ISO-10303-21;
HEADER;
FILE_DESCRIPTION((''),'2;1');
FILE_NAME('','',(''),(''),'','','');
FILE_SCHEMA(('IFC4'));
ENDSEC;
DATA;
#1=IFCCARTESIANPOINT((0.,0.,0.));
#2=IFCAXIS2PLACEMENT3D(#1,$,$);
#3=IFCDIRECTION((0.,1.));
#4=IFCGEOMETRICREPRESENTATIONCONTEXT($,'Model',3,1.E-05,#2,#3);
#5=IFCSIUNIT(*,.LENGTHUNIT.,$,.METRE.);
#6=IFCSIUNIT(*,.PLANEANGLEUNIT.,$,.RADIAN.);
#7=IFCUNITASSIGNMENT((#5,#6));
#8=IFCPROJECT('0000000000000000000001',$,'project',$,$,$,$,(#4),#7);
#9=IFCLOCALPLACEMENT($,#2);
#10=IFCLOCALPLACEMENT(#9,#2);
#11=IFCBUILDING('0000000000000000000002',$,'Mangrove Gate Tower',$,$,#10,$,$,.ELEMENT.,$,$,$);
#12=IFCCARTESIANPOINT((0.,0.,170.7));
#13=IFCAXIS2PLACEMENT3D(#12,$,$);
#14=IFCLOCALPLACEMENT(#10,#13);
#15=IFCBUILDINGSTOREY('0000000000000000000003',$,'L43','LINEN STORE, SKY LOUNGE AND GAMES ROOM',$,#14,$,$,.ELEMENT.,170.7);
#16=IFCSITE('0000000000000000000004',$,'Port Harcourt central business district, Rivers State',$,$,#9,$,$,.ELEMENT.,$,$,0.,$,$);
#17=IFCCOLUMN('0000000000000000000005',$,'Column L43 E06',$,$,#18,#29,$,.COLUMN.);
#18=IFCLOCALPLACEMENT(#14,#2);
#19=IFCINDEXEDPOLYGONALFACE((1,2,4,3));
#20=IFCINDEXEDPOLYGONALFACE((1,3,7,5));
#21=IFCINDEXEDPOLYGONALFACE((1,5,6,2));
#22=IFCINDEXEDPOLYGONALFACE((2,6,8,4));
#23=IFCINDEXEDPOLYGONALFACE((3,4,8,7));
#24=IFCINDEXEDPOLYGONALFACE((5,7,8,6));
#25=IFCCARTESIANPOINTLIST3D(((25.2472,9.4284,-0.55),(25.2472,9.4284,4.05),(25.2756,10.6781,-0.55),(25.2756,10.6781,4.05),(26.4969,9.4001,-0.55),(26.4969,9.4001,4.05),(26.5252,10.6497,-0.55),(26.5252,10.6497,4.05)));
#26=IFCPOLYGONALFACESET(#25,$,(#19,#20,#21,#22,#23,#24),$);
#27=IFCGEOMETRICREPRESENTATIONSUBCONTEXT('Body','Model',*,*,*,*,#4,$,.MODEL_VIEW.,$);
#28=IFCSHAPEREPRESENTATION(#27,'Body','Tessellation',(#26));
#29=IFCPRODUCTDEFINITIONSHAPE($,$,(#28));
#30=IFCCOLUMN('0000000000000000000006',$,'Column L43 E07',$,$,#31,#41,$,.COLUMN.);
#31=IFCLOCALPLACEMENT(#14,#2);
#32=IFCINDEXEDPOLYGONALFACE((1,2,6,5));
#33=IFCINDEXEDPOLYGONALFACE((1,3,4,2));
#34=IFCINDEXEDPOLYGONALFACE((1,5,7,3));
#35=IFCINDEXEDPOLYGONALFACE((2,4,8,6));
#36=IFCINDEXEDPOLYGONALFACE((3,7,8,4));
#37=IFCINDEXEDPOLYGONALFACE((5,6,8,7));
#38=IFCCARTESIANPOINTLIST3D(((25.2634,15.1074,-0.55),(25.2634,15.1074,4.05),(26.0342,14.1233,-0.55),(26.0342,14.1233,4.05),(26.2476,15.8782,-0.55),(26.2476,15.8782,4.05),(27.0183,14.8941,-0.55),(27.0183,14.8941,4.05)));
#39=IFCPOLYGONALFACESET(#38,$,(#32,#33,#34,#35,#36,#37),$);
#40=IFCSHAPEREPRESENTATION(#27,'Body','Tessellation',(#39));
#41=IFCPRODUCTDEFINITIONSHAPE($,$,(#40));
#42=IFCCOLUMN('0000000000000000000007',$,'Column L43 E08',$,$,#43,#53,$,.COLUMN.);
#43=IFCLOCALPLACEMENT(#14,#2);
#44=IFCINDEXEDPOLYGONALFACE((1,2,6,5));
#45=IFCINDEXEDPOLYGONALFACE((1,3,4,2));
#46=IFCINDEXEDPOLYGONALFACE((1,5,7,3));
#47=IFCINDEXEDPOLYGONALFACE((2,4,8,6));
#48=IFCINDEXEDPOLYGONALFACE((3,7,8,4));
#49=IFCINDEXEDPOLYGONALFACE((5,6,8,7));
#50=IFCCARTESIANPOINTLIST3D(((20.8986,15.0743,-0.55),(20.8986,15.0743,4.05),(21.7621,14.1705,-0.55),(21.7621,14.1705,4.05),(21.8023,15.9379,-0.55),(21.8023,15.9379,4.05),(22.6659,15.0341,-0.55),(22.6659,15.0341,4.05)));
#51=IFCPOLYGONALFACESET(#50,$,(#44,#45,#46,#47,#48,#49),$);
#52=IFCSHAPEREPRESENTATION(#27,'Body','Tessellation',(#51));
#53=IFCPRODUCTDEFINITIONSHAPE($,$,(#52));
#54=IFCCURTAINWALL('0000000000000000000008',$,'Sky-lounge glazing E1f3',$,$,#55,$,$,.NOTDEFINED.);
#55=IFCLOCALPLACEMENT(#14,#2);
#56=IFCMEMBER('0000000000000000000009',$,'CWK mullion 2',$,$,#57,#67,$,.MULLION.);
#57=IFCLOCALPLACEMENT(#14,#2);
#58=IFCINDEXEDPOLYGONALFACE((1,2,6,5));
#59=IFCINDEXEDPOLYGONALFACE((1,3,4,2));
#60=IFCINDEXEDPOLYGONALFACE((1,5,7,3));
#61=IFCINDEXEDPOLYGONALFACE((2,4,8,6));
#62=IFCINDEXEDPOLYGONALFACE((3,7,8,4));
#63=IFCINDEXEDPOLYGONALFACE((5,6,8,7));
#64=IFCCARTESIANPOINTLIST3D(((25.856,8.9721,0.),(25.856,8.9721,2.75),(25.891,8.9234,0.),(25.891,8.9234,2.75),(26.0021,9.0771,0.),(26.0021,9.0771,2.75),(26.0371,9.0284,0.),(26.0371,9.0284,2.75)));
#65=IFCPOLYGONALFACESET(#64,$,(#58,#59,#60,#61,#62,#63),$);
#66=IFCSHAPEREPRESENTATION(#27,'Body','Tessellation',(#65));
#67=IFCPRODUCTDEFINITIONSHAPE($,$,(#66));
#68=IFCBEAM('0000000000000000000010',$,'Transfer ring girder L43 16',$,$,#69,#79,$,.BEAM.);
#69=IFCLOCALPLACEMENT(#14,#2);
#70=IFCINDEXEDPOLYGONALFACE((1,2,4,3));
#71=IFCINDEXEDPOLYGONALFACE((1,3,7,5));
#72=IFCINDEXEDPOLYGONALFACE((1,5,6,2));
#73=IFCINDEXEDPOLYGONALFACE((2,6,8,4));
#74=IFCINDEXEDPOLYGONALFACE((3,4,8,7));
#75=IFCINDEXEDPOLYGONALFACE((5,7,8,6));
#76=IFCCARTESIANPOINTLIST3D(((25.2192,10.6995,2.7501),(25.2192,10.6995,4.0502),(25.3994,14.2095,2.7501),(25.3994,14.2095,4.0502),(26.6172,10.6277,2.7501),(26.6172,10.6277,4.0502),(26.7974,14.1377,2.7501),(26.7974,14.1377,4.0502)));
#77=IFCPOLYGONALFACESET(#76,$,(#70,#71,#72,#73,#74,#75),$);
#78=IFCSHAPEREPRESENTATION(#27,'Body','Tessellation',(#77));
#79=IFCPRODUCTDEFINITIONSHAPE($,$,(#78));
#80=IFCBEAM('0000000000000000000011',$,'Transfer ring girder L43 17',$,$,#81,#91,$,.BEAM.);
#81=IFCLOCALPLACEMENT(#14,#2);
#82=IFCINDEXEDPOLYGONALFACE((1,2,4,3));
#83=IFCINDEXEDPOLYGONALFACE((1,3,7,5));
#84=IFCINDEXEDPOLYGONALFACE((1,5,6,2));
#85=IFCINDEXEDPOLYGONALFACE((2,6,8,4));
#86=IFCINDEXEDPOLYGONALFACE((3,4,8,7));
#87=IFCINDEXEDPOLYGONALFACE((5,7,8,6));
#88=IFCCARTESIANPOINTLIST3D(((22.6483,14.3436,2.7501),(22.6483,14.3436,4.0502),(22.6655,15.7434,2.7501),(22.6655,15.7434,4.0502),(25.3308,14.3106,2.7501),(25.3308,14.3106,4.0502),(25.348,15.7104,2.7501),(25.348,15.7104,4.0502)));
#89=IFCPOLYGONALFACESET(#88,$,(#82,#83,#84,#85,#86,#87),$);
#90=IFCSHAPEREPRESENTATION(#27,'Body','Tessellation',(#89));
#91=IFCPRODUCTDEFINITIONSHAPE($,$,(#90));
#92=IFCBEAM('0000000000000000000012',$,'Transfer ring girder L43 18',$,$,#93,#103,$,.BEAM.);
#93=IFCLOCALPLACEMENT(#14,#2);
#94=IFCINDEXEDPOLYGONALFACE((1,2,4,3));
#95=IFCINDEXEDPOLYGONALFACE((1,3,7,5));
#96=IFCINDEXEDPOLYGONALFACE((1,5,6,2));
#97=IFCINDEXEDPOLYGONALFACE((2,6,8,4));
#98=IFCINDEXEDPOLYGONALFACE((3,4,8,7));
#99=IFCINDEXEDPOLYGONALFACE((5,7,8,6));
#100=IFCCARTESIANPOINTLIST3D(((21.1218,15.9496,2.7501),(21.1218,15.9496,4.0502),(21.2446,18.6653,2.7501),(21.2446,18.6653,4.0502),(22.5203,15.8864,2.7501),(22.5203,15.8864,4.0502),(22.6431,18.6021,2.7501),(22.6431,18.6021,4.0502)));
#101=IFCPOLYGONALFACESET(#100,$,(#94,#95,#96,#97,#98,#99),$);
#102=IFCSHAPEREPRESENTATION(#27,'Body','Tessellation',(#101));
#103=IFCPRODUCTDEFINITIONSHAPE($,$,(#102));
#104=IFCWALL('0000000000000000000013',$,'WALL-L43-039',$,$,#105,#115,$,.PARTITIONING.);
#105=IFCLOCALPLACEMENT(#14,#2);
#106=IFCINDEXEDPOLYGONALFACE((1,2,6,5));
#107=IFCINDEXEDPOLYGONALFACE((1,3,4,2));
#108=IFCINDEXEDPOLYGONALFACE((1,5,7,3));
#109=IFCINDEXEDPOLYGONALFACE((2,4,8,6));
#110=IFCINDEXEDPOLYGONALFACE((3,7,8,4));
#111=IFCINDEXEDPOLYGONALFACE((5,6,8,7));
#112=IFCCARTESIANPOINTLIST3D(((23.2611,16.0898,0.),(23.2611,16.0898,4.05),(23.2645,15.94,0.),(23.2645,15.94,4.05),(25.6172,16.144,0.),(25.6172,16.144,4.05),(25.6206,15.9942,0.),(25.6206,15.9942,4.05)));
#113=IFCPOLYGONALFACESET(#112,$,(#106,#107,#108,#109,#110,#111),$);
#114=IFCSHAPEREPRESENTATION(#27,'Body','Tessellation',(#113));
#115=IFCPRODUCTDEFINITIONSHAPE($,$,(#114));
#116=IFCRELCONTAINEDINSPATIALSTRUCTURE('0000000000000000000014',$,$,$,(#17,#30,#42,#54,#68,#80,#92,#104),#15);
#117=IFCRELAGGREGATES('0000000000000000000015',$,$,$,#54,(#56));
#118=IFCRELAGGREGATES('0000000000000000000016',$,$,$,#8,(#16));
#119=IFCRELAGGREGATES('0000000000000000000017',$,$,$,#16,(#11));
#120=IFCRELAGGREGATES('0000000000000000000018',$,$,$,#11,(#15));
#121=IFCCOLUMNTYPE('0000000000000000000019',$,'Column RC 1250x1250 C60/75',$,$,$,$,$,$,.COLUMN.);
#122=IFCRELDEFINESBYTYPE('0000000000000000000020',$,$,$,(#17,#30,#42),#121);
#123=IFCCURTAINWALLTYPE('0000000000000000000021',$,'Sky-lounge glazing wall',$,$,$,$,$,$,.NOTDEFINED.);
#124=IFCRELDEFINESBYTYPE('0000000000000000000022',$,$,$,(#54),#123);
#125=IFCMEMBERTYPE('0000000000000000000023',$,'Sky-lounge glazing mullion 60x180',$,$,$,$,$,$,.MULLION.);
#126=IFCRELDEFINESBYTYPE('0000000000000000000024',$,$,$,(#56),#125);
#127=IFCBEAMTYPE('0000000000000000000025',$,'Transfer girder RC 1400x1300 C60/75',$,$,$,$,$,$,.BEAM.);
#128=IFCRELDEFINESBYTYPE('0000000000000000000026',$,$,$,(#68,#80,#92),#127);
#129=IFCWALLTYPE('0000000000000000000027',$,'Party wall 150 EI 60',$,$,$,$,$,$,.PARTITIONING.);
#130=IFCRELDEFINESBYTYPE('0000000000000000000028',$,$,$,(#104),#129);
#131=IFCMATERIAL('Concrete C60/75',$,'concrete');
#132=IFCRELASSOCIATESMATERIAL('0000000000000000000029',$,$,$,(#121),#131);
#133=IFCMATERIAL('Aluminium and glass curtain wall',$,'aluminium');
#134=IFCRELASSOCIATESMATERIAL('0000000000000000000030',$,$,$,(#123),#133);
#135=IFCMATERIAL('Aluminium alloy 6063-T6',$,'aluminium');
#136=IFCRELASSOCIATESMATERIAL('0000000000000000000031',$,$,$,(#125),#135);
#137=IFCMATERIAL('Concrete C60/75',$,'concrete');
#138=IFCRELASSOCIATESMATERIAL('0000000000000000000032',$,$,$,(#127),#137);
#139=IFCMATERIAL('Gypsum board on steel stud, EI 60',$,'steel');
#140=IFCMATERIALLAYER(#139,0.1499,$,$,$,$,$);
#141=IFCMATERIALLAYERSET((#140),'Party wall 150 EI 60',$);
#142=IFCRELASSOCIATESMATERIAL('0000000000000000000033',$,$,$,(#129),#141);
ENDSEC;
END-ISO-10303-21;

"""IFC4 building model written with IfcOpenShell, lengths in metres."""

from ifc_helpers import new_model, si_unit, direction, frame, frame_2d, origin, origin_2d, place, context, subcontext, project, spatial, rectangle, extrude, material, layer, layer_set, material_profile, profile_set, type_object, element, aggregate, save


model = new_model("IFC4")

# Units and contexts
model_context = context("Model", 3, precision=1e-05, world=origin(), true_north=direction((0.0, 1.0)))
body_context = subcontext(model_context, "Body", "Model", "MODEL_VIEW")
ifc_project = project(units=[si_unit("LENGTHUNIT", "METRE"), si_unit("PLANEANGLEUNIT", "RADIAN")], contexts=[model_context])

# Site, building, storey
site_placement = place(None, origin())
site = spatial("IfcSite", under=ifc_project, at=site_placement, Name="Port Harcourt central business district, Rivers State", CompositionType="ELEMENT", RefElevation=0.0)
building_placement = place(site_placement, origin())
building = spatial("IfcBuilding", under=site, at=building_placement, Name="Mangrove Gate Tower", CompositionType="ELEMENT")
storey_placement = place(building_placement, frame((0.0, 0.0, 170.7)))
storey = spatial("IfcBuildingStorey", under=building, at=storey_placement, Name="L43", Description="LINEN STORE, SKY LOUNGE AND GAMES ROOM", CompositionType="ELEMENT", Elevation=170.7)

# Columns
ifc_material_1 = material(Name="Concrete C60/75", Category="concrete")
ifc_material_profile_1 = material_profile(ifc_material_1, rectangle(XDim=1.25, YDim=1.25, at=origin_2d()))
ifc_profile_set_1 = profile_set([ifc_material_profile_1], Name="Concrete C60/75")
column_type = type_object("IfcColumnType", Name="Column RC 1250x1250 C60/75", PredefinedType="COLUMN", material=ifc_profile_set_1)
for number, where, z_axis, x_axis, name in (
    (1, (25.8862, 10.0391, -0.55), (0.0, 0.0, 1.0), (0.02266, 0.999743, 0.0), "Column L43 E06"),
    (2, (26.1409, 15.0007, -0.55), (0.0, 0.0, 1.0), (-0.616592, 0.787283, 0.0), "Column L43 E07"),
    (3, (21.7822, 15.0542, -0.55), (0.0, 0.0, 1.0), (-0.690854, 0.722994, 0.0), "Column L43 E08"),
):
    element("IfcColumn", number, at=place(storey_placement, frame(where, z_axis=z_axis, x_axis=x_axis)), inside=storey, type_object=column_type, Name=name, PredefinedType="COLUMN", context=body_context, shape_type="SweptSolid", body=[
        extrude(rectangle(XDim=1.25, YDim=1.25, at=origin_2d()), origin(), (0.0, 0.0, 1.0), 4.6001),
    ])

# Curtain wall, member
ifc_material_2 = material(Name="Aluminium and glass curtain wall", Category="aluminium")
curtain_wall_type = type_object("IfcCurtainWallType", Name="Sky-lounge glazing wall", PredefinedType="NOTDEFINED", material=ifc_material_2)
curtain_wall_placement = place(storey_placement, origin())
curtain_wall = element("IfcCurtainWall", 4, at=curtain_wall_placement, inside=storey, type_object=curtain_wall_type, Name="Sky-lounge glazing E1f3", PredefinedType="NOTDEFINED")
ifc_material_3 = material(Name="Aluminium alloy 6063-T6", Category="aluminium")
ifc_material_profile_2 = material_profile(ifc_material_3, rectangle(XDim=0.0601, YDim=0.1799, at=origin_2d()))
ifc_profile_set_2 = profile_set([ifc_material_profile_2], Name="Aluminium alloy 6063-T6")
member_type = type_object("IfcMemberType", Name="Sky-lounge glazing mullion 60x180", PredefinedType="MULLION", material=ifc_profile_set_2)
member_placement = place(storey_placement, frame((25.9465, 9.0002, 0.0), z_axis=(0.0, 0.0, 1.0), x_axis=(-0.58367, 0.811991, 0.0)))
member = element("IfcMember", 5, at=member_placement, type_object=member_type, Name="CWK mullion 2", PredefinedType="MULLION", context=body_context, shape_type="SweptSolid", body=[
    extrude(rectangle(XDim=0.0601, YDim=0.1799, at=origin_2d()), origin(), (0.0, 0.0, 1.0), 2.75),
])
aggregate(curtain_wall, [member])

# Beams
ifc_material_4 = material(Name="Concrete C60/75", Category="concrete")
ifc_material_profile_3 = material_profile(ifc_material_4, rectangle(XDim=1.3999, YDim=1.3, at=origin_2d()))
ifc_profile_set_3 = profile_set([ifc_material_profile_3], Name="Concrete C60/75")
beam_type = type_object("IfcBeamType", Name="Transfer girder RC 1400x1300 C60/75", PredefinedType="BEAM", material=ifc_profile_set_3)
beam_1_placement = place(storey_placement, frame((25.9182, 10.6636, 3.4001), z_axis=(0.051264, 0.998685, 0.0), x_axis=(-0.998685, 0.051264, 0.0)))
element("IfcBeam", 6, at=beam_1_placement, inside=storey, type_object=beam_type, Name="Transfer ring girder L43 16", PredefinedType="BEAM", context=body_context, shape_type="SweptSolid", body=[
    extrude(rectangle(XDim=1.3999, YDim=1.3, at=origin_2d()), origin(), (0.0, 0.0, 1.0), 3.5146),
])
beam_2_placement = place(storey_placement, frame((25.3394, 15.0105, 3.4001), z_axis=(-0.999925, 0.012286, 0.0), x_axis=(-0.012286, -0.999925, 0.0)))
element("IfcBeam", 7, at=beam_2_placement, inside=storey, type_object=beam_type, Name="Transfer ring girder L43 17", PredefinedType="BEAM", context=body_context, shape_type="SweptSolid", body=[
    extrude(rectangle(XDim=1.3999, YDim=1.3, at=origin_2d()), origin(), (0.0, 0.0, 1.0), 2.6826),
])
beam_3_placement = place(storey_placement, frame((21.821, 15.918, 3.4001), z_axis=(0.045171, 0.998979, 0.0), x_axis=(-0.998979, 0.045171, 0.0)))
element("IfcBeam", 8, at=beam_3_placement, inside=storey, type_object=beam_type, Name="Transfer ring girder L43 18", PredefinedType="BEAM", context=body_context, shape_type="SweptSolid", body=[
    extrude(rectangle(XDim=1.3999, YDim=1.3, at=origin_2d()), origin(), (0.0, 0.0, 1.0), 2.7185),
])

# Wall
ifc_material_5 = material(Name="Gypsum board on steel stud, EI 60", Category="steel")
ifc_layer_1 = layer(ifc_material_5, 0.1499)
ifc_layer_set_1 = layer_set([ifc_layer_1], Name="Party wall 150 EI 60")
wall_type_1 = type_object("IfcWallType", Name="Party wall 150 EI 60", PredefinedType="PARTITIONING", material=ifc_layer_set_1)
wall_1_placement = place(storey_placement, frame((23.2629, 16.0149, 0.0), z_axis=(0.0, 0.0, 1.0), x_axis=(0.999735, 0.022999, 0.0)))
element("IfcWall", 9, at=wall_1_placement, inside=storey, type_object=wall_type_1, Name="WALL-L43-039", PredefinedType="PARTITIONING", context=body_context, shape_type="SweptSolid", body=[
    extrude(rectangle(XDim=2.3567, YDim=0.1499, at=frame_2d((1.1782, 0.0))), origin(), (0.0, 0.0, 1.0), 4.05),
])

save(model, "model.ifc")
